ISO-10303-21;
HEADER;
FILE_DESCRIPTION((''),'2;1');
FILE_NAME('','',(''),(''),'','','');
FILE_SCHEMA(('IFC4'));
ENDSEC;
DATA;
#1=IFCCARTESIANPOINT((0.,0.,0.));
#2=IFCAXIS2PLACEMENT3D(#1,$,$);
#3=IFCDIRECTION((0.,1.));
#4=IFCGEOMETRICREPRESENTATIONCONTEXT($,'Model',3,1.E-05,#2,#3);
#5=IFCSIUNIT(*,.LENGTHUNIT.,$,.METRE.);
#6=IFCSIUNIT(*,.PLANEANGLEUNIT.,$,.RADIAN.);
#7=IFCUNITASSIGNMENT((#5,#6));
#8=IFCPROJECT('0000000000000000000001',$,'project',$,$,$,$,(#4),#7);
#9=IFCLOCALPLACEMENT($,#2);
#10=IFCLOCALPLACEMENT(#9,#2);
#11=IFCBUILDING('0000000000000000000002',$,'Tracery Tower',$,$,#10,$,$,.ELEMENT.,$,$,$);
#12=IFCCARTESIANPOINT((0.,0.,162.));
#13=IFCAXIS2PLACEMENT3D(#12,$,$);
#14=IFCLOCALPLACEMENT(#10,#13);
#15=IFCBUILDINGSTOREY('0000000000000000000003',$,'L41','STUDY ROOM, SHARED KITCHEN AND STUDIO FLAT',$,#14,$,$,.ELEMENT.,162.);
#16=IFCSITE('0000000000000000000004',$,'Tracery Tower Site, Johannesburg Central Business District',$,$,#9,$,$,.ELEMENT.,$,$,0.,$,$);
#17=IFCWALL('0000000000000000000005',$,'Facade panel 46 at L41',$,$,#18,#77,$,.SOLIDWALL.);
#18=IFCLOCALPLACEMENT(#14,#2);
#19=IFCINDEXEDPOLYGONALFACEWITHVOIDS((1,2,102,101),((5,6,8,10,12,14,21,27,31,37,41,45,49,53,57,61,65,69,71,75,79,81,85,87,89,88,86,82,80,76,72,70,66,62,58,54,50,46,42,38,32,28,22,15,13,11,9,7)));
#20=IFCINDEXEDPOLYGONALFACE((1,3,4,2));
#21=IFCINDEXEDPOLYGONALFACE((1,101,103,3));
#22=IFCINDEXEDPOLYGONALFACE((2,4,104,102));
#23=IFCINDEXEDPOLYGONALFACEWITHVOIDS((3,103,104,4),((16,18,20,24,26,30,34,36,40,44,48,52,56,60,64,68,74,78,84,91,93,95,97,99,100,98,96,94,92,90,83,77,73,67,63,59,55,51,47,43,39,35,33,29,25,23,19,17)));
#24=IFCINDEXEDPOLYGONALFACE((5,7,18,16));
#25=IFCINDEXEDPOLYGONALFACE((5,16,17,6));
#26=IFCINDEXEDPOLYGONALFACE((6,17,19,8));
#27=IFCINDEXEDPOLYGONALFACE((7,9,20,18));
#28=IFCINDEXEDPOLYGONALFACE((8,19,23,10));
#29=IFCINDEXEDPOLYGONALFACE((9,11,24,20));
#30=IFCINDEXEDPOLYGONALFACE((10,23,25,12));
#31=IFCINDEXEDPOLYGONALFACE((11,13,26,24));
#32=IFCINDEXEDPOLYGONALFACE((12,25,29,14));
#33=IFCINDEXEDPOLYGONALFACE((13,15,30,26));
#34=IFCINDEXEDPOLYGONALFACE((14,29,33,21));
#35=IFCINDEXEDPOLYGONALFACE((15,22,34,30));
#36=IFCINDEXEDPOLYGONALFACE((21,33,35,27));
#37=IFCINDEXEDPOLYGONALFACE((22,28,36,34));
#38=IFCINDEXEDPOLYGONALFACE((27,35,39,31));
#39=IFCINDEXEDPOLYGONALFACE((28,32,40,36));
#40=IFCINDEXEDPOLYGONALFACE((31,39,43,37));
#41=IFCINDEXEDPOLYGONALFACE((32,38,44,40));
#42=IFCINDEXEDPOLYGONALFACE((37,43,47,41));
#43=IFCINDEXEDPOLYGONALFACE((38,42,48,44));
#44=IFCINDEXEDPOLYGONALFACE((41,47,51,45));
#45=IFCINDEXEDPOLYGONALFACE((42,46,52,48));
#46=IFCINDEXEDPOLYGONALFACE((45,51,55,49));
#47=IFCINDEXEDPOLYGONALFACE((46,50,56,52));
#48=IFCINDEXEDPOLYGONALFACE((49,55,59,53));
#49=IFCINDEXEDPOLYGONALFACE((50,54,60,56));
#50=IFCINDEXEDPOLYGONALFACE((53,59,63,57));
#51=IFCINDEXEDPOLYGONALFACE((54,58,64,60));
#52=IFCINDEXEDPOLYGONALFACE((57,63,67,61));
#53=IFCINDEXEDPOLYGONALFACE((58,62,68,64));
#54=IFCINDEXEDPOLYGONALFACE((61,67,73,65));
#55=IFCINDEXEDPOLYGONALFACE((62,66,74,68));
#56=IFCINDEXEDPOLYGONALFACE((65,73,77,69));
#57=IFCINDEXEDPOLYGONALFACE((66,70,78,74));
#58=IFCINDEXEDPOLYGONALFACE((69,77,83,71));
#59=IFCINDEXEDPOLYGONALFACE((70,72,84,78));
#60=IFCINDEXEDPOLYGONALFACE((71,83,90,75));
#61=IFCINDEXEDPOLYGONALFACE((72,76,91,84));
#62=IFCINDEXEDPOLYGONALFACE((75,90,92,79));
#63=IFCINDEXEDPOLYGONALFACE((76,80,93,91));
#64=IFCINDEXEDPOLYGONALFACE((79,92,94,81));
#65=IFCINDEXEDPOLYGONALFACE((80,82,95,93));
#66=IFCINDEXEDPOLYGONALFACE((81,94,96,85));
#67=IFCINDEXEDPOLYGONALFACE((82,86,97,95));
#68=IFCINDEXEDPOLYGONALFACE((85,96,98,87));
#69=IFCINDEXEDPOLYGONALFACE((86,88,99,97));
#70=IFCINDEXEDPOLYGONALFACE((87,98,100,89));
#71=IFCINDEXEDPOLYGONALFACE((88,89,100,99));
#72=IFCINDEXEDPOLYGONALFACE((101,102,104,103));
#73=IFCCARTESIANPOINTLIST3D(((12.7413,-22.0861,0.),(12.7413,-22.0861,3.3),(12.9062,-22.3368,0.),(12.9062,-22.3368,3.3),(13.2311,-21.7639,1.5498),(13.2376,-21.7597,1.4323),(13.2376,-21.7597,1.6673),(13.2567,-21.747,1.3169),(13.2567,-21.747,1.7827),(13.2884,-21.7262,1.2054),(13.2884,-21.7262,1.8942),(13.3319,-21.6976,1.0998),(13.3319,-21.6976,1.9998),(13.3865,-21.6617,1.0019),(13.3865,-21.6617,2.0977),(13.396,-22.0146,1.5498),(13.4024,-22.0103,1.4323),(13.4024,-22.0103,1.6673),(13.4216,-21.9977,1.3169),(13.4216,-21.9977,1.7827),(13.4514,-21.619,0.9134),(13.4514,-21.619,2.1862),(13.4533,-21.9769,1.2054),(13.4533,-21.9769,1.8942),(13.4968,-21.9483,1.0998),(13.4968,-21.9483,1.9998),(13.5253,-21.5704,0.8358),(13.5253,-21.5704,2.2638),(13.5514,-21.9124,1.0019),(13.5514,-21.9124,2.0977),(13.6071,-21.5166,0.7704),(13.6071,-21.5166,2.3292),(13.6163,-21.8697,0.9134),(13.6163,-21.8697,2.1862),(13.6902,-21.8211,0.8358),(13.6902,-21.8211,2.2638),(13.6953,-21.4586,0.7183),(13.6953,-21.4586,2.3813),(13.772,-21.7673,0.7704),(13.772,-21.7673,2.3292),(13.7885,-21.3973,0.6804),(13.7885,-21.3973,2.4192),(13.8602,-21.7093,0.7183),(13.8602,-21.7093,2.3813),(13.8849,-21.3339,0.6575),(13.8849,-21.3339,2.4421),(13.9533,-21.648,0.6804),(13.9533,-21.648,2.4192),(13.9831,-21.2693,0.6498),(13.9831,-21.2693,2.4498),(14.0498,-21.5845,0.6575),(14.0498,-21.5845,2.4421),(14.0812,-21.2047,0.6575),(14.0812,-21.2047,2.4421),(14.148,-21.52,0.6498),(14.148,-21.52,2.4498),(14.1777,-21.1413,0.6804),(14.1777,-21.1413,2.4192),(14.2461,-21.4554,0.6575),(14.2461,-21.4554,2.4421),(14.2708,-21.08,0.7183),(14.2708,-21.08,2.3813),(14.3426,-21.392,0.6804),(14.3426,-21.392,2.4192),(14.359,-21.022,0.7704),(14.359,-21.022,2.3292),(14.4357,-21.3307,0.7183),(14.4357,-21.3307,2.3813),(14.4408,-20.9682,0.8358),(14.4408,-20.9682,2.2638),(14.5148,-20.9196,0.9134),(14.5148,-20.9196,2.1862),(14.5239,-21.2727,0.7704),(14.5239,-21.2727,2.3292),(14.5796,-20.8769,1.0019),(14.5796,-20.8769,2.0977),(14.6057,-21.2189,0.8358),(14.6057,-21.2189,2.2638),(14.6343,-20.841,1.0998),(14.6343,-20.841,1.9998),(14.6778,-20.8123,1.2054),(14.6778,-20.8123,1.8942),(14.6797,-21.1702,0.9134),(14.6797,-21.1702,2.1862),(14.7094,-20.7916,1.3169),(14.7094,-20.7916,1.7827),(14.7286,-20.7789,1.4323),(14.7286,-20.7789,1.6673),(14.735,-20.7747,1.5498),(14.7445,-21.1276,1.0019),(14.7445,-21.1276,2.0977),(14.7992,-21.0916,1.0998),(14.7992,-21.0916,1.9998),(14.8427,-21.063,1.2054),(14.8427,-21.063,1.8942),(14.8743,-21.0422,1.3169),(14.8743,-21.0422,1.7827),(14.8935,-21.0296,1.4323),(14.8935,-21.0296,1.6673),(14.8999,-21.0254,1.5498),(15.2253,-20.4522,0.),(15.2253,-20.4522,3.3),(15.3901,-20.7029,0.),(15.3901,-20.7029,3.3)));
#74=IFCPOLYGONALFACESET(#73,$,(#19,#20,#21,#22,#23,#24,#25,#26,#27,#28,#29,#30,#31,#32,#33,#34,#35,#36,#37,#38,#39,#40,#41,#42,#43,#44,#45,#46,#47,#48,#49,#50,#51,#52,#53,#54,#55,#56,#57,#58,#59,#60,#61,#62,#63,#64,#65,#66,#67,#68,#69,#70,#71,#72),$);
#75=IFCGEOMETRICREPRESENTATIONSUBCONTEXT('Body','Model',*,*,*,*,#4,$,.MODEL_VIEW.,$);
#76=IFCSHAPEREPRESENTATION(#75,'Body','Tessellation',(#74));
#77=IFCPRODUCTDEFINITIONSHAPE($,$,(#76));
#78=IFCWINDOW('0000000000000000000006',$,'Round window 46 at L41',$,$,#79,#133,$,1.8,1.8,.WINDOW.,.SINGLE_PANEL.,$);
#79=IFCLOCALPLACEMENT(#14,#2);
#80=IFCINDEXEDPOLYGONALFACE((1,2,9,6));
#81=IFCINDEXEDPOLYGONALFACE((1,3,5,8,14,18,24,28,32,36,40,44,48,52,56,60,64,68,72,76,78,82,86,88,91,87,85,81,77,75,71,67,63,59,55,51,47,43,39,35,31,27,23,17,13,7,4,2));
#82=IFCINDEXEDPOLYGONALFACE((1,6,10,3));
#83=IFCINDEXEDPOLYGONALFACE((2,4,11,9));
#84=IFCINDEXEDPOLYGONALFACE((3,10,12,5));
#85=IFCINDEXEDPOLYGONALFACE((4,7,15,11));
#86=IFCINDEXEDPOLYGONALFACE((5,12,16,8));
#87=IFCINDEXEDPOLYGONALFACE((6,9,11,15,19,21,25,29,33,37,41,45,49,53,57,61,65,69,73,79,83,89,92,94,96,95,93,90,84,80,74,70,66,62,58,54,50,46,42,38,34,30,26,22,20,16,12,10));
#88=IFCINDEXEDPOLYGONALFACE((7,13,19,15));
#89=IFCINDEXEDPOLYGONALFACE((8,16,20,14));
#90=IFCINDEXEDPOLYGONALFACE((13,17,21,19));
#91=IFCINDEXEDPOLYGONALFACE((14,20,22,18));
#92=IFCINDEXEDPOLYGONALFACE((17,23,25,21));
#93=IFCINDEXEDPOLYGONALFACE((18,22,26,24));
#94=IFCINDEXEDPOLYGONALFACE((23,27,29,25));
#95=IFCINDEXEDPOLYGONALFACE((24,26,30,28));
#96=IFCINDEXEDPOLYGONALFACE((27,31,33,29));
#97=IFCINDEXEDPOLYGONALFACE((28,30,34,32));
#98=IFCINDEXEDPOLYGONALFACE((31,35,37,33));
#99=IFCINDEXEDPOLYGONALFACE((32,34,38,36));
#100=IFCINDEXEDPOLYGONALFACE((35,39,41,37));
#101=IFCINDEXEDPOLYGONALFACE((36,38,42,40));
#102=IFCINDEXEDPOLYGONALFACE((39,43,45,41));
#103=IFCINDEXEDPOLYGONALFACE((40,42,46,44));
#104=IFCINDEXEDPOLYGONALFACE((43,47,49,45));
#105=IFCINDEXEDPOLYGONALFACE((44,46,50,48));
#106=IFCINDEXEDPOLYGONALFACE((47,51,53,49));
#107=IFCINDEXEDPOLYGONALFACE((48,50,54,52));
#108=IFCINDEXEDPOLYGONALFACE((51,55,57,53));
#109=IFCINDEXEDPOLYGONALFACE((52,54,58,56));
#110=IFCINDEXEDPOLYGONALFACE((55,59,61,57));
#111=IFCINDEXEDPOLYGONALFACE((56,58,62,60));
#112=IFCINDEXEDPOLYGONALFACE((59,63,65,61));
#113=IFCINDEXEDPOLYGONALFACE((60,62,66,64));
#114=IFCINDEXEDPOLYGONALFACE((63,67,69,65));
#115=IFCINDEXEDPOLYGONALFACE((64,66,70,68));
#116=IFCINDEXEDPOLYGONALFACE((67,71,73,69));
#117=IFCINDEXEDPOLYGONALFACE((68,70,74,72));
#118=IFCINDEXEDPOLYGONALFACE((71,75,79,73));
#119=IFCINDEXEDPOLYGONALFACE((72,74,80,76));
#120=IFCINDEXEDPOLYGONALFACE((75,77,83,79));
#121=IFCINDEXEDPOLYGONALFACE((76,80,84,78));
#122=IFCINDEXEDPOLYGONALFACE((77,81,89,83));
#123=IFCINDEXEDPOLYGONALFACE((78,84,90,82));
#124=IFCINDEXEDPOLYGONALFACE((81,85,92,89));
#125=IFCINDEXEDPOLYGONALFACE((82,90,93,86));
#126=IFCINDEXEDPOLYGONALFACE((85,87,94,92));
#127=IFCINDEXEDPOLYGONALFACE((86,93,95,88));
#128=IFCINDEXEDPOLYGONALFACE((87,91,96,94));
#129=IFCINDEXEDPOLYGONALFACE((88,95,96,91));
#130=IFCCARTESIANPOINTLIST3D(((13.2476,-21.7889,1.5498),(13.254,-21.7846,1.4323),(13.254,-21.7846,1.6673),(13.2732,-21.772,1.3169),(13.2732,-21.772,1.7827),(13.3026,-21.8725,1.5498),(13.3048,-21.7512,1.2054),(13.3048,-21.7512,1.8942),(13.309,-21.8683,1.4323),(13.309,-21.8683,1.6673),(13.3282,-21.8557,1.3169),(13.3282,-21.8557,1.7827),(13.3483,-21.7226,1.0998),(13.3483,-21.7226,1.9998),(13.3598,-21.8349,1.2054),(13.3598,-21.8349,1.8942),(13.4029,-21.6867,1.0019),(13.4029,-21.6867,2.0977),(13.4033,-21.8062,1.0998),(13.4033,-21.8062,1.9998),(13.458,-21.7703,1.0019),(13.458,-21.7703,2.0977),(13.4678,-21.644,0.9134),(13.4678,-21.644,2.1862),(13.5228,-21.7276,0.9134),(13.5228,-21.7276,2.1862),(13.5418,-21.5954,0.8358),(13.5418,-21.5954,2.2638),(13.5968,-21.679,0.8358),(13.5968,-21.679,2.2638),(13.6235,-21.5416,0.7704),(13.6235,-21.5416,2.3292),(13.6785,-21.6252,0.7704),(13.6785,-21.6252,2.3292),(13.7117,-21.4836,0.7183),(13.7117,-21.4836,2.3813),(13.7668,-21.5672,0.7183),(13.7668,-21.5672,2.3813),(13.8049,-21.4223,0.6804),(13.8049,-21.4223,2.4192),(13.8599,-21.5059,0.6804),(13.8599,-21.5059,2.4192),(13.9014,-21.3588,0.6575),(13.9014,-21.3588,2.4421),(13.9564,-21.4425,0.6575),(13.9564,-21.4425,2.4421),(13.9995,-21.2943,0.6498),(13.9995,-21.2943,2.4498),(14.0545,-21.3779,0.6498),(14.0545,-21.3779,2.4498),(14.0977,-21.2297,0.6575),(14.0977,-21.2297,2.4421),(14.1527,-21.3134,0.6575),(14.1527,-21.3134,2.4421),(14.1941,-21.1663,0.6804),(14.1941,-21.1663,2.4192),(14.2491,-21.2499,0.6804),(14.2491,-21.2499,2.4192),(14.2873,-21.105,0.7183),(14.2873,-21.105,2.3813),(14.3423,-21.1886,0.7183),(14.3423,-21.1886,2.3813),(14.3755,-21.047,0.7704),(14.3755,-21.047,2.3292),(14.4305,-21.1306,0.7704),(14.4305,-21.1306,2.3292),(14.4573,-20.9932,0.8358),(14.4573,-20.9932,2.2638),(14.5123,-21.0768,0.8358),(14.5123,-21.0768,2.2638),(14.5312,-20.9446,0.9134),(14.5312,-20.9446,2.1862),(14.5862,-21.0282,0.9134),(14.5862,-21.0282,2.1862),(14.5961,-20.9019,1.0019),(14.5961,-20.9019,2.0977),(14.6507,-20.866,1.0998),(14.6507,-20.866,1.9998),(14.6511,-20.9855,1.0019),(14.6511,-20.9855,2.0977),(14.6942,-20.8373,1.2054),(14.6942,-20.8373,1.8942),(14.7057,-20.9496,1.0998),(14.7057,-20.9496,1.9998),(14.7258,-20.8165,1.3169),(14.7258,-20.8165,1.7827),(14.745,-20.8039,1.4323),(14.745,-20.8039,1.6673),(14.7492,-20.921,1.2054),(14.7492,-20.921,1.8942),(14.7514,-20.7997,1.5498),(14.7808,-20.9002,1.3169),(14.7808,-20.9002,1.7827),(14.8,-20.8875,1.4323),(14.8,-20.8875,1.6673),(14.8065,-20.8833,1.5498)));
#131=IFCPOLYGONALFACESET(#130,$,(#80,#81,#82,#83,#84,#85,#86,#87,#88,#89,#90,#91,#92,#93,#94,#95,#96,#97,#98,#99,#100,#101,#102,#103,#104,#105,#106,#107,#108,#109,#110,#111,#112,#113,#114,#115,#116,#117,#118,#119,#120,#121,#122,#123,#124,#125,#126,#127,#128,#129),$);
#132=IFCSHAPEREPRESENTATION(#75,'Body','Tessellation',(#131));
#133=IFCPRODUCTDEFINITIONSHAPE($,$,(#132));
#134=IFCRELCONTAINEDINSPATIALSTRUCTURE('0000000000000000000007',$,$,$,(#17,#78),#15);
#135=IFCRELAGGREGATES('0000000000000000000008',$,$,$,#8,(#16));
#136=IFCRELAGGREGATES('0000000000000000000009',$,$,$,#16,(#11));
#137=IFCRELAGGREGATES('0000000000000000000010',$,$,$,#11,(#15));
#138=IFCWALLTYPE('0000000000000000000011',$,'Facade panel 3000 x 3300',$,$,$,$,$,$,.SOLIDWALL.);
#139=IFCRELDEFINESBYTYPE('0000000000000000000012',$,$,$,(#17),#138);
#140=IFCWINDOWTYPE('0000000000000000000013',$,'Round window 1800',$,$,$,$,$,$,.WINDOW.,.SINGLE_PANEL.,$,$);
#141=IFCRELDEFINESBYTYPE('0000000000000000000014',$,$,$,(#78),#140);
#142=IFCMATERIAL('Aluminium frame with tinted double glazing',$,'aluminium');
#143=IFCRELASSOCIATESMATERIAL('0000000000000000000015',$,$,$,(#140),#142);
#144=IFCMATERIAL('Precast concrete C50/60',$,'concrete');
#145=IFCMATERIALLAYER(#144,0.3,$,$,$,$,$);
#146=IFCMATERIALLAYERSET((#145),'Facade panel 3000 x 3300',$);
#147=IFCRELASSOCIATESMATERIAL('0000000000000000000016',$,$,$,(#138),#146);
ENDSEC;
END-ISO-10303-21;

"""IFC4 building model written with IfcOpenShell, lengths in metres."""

from ifc_helpers import new_model, si_unit, direction, frame, frame_2d, origin, origin_2d, place, context, subcontext, project, spatial, rectangle, circle, extrude, material, layer, layer_set, type_object, element, fill, save


model = new_model("IFC4")

# Units and contexts
model_context = context("Model", 3, precision=1e-05, world=origin(), true_north=direction((0.0, 1.0)))
body_context = subcontext(model_context, "Body", "Model", "MODEL_VIEW")
ifc_project = project(units=[si_unit("LENGTHUNIT", "METRE"), si_unit("PLANEANGLEUNIT", "RADIAN")], contexts=[model_context])

# Site, building, storey
site_placement = place(None, origin())
site = spatial("IfcSite", under=ifc_project, at=site_placement, Name="Tracery Tower Site, Johannesburg Central Business District", CompositionType="ELEMENT", RefElevation=0.0)
building_placement = place(site_placement, origin())
building = spatial("IfcBuilding", under=site, at=building_placement, Name="Tracery Tower", CompositionType="ELEMENT")
storey_placement = place(building_placement, frame((0.0, 0.0, 162.0)))
storey = spatial("IfcBuildingStorey", under=building, at=storey_placement, Name="L41", Description="STUDY ROOM, SHARED KITCHEN AND STUDIO FLAT", CompositionType="ELEMENT", Elevation=162.0)

# Wall, opening, window
ifc_material_1 = material(Name="Aluminium frame with tinted double glazing", Category="aluminium")
window_type = type_object("IfcWindowType", Name="Round window 1800", PartitioningType="SINGLE_PANEL", PredefinedType="WINDOW", material=ifc_material_1)
ifc_material_2 = material(Name="Precast concrete C50/60", Category="concrete")
ifc_layer_1 = layer(ifc_material_2, 0.3)
ifc_layer_set_1 = layer_set([ifc_layer_1], Name="Facade panel 3000 x 3300")
wall_type_1 = type_object("IfcWallType", Name="Facade panel 3000 x 3300", PredefinedType="SOLIDWALL", material=ifc_layer_set_1)
wall_1_placement = place(storey_placement, frame((12.8237, -22.2114, 0.0), z_axis=(0.0, 0.0, 1.0), x_axis=(0.835471, 0.549535, 0.0)))
wall_1 = element("IfcWall", 1, at=wall_1_placement, inside=storey, type_object=wall_type_1, Name="Facade panel 46 at L41", PredefinedType="SOLIDWALL", context=body_context, shape_type="SweptSolid", body=[
    extrude(rectangle(XDim=2.9731, YDim=0.3, at=frame_2d((1.4866, 0.0))), origin(), (0.0, 0.0, 1.0), 3.3),
])
opening_1_placement = place(wall_1_placement, frame((1.4863, 0.0, 1.5498)))
opening_1 = element("IfcOpeningElement", 2, at=opening_1_placement, cuts=wall_1, PredefinedType="OPENING", context=body_context, shape_type="SweptSolid", body=[
    extrude(circle(Radius=0.9, at=origin_2d()), frame((0.0, 0.1599, 0.0), z_axis=(0.0, -1.0, 0.0), x_axis=(1.0, 0.0, 0.0)), (0.0, 0.0, 1.0), 0.3201),
])
window_1_placement = place(opening_1_placement, origin())
window_1 = element("IfcWindow", 3, at=window_1_placement, inside=storey, type_object=window_type, Name="Round window 46 at L41", OverallHeight=1.8, OverallWidth=1.8, PartitioningType="SINGLE_PANEL", PredefinedType="WINDOW", context=body_context, shape_type="SweptSolid", body=[
    extrude(circle(Radius=0.9, at=origin_2d()), frame((0.0, 0.1201, 0.0), z_axis=(0.0, -1.0, 0.0), x_axis=(1.0, 0.0, 0.0)), (0.0, 0.0, 1.0), 0.1001),
])
fill(opening_1, window_1)

save(model, "model.ifc")
